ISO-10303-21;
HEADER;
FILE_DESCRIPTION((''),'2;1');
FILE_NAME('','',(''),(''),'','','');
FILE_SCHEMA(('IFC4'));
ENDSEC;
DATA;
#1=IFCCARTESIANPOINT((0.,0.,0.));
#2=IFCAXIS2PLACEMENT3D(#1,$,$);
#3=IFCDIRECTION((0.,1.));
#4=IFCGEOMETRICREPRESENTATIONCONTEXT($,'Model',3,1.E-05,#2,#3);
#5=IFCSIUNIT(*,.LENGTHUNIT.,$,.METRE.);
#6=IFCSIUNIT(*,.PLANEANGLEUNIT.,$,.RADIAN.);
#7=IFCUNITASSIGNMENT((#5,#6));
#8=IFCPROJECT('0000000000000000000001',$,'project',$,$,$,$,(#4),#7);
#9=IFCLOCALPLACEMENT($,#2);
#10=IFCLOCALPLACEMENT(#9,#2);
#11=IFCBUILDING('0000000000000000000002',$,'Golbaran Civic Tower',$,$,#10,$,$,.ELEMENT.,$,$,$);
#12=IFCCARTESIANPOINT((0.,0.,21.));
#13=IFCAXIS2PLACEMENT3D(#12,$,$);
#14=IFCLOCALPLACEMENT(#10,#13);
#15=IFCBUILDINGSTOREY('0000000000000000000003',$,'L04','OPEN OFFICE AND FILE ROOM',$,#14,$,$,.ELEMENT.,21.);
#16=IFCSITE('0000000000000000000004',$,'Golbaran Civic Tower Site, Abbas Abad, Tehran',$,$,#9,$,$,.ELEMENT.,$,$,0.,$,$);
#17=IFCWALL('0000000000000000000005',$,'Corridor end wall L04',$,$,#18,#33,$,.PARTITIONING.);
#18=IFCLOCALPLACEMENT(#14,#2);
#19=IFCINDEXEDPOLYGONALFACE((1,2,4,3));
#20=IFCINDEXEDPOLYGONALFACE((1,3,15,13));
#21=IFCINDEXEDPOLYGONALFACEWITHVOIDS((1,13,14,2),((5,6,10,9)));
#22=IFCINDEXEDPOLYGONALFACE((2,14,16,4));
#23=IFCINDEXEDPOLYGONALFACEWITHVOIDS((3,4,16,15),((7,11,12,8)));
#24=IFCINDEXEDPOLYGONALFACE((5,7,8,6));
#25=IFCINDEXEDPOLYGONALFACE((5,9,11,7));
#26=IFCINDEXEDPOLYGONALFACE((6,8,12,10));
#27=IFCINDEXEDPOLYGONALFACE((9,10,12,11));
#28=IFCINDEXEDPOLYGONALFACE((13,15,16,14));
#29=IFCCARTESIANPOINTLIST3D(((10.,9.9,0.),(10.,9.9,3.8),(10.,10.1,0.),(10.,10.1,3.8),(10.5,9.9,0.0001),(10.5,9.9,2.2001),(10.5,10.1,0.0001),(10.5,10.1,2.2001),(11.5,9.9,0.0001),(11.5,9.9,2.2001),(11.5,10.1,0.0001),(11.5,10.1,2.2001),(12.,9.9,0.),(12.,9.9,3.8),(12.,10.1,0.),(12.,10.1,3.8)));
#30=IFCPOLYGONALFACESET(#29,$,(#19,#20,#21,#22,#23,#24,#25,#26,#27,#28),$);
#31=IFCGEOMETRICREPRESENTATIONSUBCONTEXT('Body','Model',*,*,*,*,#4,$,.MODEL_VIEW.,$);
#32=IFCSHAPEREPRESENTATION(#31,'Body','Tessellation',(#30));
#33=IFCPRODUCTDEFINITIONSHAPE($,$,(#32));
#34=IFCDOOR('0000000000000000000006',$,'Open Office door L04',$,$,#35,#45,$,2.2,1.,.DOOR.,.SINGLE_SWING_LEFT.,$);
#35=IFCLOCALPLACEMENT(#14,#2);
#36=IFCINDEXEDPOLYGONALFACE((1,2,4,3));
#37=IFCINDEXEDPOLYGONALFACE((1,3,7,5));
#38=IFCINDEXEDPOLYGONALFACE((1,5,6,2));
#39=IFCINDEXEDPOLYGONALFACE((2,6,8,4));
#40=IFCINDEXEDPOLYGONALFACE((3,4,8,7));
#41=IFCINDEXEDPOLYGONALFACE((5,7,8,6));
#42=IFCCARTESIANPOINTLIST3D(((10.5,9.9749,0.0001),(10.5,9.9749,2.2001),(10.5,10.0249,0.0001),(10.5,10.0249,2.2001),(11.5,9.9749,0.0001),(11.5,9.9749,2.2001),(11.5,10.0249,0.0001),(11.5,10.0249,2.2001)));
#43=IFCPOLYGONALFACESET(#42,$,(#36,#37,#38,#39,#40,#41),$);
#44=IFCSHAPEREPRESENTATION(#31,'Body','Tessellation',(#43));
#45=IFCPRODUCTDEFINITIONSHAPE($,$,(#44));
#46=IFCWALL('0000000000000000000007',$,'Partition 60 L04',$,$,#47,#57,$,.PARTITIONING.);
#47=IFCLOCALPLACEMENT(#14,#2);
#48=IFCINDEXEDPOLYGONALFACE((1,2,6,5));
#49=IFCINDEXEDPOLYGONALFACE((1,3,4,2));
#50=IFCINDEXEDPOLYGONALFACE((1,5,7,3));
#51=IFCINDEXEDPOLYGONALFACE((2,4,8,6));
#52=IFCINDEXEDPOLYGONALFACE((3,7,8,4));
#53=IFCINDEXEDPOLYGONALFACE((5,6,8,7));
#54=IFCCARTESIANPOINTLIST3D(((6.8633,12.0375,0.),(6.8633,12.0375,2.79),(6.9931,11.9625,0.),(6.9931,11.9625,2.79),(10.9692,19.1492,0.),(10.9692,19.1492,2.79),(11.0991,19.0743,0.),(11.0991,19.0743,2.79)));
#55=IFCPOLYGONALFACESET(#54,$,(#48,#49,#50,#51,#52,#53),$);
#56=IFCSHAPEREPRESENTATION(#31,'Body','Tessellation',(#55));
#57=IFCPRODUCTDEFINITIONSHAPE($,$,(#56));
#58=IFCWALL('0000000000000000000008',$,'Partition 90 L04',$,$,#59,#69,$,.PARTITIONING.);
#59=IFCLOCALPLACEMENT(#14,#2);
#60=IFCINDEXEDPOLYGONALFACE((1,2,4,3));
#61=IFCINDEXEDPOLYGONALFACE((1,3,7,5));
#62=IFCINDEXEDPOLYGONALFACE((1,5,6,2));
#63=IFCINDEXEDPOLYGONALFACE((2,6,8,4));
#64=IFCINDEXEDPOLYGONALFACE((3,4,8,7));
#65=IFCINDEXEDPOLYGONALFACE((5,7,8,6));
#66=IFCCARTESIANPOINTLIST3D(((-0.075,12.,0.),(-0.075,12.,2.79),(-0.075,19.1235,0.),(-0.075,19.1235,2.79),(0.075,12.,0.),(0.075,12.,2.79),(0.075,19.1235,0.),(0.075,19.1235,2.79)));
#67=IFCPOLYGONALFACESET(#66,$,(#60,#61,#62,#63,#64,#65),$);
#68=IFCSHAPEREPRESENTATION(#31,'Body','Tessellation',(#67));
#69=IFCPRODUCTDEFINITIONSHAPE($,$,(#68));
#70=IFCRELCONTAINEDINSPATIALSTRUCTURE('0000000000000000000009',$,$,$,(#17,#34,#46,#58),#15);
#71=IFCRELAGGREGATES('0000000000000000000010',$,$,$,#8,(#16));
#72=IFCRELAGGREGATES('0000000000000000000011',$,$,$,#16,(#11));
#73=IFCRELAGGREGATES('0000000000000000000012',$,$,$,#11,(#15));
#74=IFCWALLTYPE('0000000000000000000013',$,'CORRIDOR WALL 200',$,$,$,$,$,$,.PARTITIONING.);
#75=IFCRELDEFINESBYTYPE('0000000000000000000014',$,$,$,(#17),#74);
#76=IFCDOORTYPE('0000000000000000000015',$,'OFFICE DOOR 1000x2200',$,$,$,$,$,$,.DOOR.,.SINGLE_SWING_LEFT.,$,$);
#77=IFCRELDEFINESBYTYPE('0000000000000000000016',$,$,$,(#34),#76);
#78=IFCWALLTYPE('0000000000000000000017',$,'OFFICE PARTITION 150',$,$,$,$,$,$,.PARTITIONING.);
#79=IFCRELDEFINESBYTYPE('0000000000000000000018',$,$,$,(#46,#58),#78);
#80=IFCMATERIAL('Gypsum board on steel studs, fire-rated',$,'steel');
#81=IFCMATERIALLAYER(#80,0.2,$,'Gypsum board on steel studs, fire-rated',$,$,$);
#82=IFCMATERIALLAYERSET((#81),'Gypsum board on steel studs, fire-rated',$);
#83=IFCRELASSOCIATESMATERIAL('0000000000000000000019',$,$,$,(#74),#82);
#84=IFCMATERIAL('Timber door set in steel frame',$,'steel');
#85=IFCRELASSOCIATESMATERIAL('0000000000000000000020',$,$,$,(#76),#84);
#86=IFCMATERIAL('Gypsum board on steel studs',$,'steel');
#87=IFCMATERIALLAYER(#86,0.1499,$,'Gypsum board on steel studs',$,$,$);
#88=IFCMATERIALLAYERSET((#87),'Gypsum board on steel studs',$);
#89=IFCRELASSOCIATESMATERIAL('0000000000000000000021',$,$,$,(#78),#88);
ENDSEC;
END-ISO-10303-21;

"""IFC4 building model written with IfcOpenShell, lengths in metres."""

from ifc_helpers import new_model, si_unit, direction, frame, frame_2d, origin, place, context, subcontext, project, spatial, rectangle, extrude, material, layer, layer_set, type_object, element, fill, save


model = new_model("IFC4")

# Units and contexts
model_context = context("Model", 3, precision=1e-05, world=origin(), true_north=direction((0.0, 1.0)))
body_context = subcontext(model_context, "Body", "Model", "MODEL_VIEW")
ifc_project = project(units=[si_unit("LENGTHUNIT", "METRE"), si_unit("PLANEANGLEUNIT", "RADIAN")], contexts=[model_context])

# Site, building, storey
site_placement = place(None, origin())
site = spatial("IfcSite", under=ifc_project, at=site_placement, Name="Golbaran Civic Tower Site, Abbas Abad, Tehran", CompositionType="ELEMENT", RefElevation=0.0)
building_placement = place(site_placement, origin())
building = spatial("IfcBuilding", under=site, at=building_placement, Name="Golbaran Civic Tower", CompositionType="ELEMENT")
storey_placement = place(building_placement, frame((0.0, 0.0, 21.0)))
storey = spatial("IfcBuildingStorey", under=building, at=storey_placement, Name="L04", Description="OPEN OFFICE AND FILE ROOM", CompositionType="ELEMENT", Elevation=21.0)

# Shared definitions
ifc_material_1 = material(Name="Gypsum board on steel studs, fire-rated", Category="steel")
ifc_layer_1 = layer(ifc_material_1, 0.2, Name="Gypsum board on steel studs, fire-rated")
ifc_layer_set_1 = layer_set([ifc_layer_1], Name="Gypsum board on steel studs, fire-rated")
wall_type_1 = type_object("IfcWallType", Name="CORRIDOR WALL 200", PredefinedType="PARTITIONING", material=ifc_layer_set_1)

# Wall, opening, door
ifc_material_2 = material(Name="Timber door set in steel frame", Category="steel")
door_type_1 = type_object("IfcDoorType", Name="OFFICE DOOR 1000x2200", OperationType="SINGLE_SWING_LEFT", PredefinedType="DOOR", material=ifc_material_2)
wall_1_placement = place(storey_placement, frame((10.0, 10.0, 0.0), z_axis=(0.0, 0.0, 1.0), x_axis=(1.0, 0.0, 0.0)))
wall_1 = element("IfcWall", 1, at=wall_1_placement, inside=storey, type_object=wall_type_1, Name="Corridor end wall L04", PredefinedType="PARTITIONING", context=body_context, shape_type="SweptSolid", body=[
    extrude(rectangle(XDim=2.0, YDim=0.2, at=frame_2d((1.0, 0.0))), origin(), (0.0, 0.0, 1.0), 3.8),
])
opening_1_placement = place(wall_1_placement, frame((0.5, 0.0, 0.0)))
opening_1 = element("IfcOpeningElement", 2, at=opening_1_placement, cuts=wall_1, PredefinedType="OPENING", context=body_context, shape_type="SweptSolid", body=[
    extrude(rectangle(XDim=1.0, YDim=2.2, at=frame_2d((0.5, 1.1001))), frame((0.0, 0.1099, 0.0), z_axis=(0.0, -1.0, 0.0), x_axis=(1.0, 0.0, 0.0)), (0.0, 0.0, 1.0), 0.22),
])
door_1_placement = place(opening_1_placement, origin())
door_1 = element("IfcDoor", 3, at=door_1_placement, inside=storey, type_object=door_type_1, Name="Open Office door L04", OperationType="SINGLE_SWING_LEFT", OverallHeight=2.2, OverallWidth=1.0, PredefinedType="DOOR", context=body_context, shape_type="SweptSolid", body=[
    extrude(rectangle(XDim=1.0, YDim=2.2, at=frame_2d((0.5, 1.1001))), frame((0.0, 0.0249, 0.0), z_axis=(0.0, -1.0, 0.0), x_axis=(1.0, 0.0, 0.0)), (0.0, 0.0, 1.0), 0.05),
])
fill(opening_1, door_1)

# Walls
ifc_material_3 = material(Name="Gypsum board on steel studs", Category="steel")
ifc_layer_2 = layer(ifc_material_3, 0.1499, Name="Gypsum board on steel studs")
ifc_layer_set_2 = layer_set([ifc_layer_2], Name="Gypsum board on steel studs")
wall_type_2 = type_object("IfcWallType", Name="OFFICE PARTITION 150", PredefinedType="PARTITIONING", material=ifc_layer_set_2)
wall_2_placement = place(storey_placement, frame((6.9282, 12.0, 0.0), z_axis=(0.0, 0.0, 1.0), x_axis=(0.499995, 0.866028, 0.0)))
element("IfcWall", 4, at=wall_2_placement, inside=storey, type_object=wall_type_2, Name="Partition 60 L04", PredefinedType="PARTITIONING", context=body_context, shape_type="SweptSolid", body=[
    extrude(rectangle(XDim=8.2119, YDim=0.1499, at=frame_2d((4.106, 0.0))), origin(), (0.0, 0.0, 1.0), 2.79),
])
wall_3_placement = place(storey_placement, frame((0.0, 12.0, 0.0), z_axis=(0.0, 0.0, 1.0), x_axis=(0.0, 1.0, 0.0)))
element("IfcWall", 5, at=wall_3_placement, inside=storey, type_object=wall_type_2, Name="Partition 90 L04", PredefinedType="PARTITIONING", context=body_context, shape_type="SweptSolid", body=[
    extrude(rectangle(XDim=7.1235, YDim=0.1499, at=frame_2d((3.5618, 0.0))), origin(), (0.0, 0.0, 1.0), 2.79),
])

save(model, "model.ifc")
